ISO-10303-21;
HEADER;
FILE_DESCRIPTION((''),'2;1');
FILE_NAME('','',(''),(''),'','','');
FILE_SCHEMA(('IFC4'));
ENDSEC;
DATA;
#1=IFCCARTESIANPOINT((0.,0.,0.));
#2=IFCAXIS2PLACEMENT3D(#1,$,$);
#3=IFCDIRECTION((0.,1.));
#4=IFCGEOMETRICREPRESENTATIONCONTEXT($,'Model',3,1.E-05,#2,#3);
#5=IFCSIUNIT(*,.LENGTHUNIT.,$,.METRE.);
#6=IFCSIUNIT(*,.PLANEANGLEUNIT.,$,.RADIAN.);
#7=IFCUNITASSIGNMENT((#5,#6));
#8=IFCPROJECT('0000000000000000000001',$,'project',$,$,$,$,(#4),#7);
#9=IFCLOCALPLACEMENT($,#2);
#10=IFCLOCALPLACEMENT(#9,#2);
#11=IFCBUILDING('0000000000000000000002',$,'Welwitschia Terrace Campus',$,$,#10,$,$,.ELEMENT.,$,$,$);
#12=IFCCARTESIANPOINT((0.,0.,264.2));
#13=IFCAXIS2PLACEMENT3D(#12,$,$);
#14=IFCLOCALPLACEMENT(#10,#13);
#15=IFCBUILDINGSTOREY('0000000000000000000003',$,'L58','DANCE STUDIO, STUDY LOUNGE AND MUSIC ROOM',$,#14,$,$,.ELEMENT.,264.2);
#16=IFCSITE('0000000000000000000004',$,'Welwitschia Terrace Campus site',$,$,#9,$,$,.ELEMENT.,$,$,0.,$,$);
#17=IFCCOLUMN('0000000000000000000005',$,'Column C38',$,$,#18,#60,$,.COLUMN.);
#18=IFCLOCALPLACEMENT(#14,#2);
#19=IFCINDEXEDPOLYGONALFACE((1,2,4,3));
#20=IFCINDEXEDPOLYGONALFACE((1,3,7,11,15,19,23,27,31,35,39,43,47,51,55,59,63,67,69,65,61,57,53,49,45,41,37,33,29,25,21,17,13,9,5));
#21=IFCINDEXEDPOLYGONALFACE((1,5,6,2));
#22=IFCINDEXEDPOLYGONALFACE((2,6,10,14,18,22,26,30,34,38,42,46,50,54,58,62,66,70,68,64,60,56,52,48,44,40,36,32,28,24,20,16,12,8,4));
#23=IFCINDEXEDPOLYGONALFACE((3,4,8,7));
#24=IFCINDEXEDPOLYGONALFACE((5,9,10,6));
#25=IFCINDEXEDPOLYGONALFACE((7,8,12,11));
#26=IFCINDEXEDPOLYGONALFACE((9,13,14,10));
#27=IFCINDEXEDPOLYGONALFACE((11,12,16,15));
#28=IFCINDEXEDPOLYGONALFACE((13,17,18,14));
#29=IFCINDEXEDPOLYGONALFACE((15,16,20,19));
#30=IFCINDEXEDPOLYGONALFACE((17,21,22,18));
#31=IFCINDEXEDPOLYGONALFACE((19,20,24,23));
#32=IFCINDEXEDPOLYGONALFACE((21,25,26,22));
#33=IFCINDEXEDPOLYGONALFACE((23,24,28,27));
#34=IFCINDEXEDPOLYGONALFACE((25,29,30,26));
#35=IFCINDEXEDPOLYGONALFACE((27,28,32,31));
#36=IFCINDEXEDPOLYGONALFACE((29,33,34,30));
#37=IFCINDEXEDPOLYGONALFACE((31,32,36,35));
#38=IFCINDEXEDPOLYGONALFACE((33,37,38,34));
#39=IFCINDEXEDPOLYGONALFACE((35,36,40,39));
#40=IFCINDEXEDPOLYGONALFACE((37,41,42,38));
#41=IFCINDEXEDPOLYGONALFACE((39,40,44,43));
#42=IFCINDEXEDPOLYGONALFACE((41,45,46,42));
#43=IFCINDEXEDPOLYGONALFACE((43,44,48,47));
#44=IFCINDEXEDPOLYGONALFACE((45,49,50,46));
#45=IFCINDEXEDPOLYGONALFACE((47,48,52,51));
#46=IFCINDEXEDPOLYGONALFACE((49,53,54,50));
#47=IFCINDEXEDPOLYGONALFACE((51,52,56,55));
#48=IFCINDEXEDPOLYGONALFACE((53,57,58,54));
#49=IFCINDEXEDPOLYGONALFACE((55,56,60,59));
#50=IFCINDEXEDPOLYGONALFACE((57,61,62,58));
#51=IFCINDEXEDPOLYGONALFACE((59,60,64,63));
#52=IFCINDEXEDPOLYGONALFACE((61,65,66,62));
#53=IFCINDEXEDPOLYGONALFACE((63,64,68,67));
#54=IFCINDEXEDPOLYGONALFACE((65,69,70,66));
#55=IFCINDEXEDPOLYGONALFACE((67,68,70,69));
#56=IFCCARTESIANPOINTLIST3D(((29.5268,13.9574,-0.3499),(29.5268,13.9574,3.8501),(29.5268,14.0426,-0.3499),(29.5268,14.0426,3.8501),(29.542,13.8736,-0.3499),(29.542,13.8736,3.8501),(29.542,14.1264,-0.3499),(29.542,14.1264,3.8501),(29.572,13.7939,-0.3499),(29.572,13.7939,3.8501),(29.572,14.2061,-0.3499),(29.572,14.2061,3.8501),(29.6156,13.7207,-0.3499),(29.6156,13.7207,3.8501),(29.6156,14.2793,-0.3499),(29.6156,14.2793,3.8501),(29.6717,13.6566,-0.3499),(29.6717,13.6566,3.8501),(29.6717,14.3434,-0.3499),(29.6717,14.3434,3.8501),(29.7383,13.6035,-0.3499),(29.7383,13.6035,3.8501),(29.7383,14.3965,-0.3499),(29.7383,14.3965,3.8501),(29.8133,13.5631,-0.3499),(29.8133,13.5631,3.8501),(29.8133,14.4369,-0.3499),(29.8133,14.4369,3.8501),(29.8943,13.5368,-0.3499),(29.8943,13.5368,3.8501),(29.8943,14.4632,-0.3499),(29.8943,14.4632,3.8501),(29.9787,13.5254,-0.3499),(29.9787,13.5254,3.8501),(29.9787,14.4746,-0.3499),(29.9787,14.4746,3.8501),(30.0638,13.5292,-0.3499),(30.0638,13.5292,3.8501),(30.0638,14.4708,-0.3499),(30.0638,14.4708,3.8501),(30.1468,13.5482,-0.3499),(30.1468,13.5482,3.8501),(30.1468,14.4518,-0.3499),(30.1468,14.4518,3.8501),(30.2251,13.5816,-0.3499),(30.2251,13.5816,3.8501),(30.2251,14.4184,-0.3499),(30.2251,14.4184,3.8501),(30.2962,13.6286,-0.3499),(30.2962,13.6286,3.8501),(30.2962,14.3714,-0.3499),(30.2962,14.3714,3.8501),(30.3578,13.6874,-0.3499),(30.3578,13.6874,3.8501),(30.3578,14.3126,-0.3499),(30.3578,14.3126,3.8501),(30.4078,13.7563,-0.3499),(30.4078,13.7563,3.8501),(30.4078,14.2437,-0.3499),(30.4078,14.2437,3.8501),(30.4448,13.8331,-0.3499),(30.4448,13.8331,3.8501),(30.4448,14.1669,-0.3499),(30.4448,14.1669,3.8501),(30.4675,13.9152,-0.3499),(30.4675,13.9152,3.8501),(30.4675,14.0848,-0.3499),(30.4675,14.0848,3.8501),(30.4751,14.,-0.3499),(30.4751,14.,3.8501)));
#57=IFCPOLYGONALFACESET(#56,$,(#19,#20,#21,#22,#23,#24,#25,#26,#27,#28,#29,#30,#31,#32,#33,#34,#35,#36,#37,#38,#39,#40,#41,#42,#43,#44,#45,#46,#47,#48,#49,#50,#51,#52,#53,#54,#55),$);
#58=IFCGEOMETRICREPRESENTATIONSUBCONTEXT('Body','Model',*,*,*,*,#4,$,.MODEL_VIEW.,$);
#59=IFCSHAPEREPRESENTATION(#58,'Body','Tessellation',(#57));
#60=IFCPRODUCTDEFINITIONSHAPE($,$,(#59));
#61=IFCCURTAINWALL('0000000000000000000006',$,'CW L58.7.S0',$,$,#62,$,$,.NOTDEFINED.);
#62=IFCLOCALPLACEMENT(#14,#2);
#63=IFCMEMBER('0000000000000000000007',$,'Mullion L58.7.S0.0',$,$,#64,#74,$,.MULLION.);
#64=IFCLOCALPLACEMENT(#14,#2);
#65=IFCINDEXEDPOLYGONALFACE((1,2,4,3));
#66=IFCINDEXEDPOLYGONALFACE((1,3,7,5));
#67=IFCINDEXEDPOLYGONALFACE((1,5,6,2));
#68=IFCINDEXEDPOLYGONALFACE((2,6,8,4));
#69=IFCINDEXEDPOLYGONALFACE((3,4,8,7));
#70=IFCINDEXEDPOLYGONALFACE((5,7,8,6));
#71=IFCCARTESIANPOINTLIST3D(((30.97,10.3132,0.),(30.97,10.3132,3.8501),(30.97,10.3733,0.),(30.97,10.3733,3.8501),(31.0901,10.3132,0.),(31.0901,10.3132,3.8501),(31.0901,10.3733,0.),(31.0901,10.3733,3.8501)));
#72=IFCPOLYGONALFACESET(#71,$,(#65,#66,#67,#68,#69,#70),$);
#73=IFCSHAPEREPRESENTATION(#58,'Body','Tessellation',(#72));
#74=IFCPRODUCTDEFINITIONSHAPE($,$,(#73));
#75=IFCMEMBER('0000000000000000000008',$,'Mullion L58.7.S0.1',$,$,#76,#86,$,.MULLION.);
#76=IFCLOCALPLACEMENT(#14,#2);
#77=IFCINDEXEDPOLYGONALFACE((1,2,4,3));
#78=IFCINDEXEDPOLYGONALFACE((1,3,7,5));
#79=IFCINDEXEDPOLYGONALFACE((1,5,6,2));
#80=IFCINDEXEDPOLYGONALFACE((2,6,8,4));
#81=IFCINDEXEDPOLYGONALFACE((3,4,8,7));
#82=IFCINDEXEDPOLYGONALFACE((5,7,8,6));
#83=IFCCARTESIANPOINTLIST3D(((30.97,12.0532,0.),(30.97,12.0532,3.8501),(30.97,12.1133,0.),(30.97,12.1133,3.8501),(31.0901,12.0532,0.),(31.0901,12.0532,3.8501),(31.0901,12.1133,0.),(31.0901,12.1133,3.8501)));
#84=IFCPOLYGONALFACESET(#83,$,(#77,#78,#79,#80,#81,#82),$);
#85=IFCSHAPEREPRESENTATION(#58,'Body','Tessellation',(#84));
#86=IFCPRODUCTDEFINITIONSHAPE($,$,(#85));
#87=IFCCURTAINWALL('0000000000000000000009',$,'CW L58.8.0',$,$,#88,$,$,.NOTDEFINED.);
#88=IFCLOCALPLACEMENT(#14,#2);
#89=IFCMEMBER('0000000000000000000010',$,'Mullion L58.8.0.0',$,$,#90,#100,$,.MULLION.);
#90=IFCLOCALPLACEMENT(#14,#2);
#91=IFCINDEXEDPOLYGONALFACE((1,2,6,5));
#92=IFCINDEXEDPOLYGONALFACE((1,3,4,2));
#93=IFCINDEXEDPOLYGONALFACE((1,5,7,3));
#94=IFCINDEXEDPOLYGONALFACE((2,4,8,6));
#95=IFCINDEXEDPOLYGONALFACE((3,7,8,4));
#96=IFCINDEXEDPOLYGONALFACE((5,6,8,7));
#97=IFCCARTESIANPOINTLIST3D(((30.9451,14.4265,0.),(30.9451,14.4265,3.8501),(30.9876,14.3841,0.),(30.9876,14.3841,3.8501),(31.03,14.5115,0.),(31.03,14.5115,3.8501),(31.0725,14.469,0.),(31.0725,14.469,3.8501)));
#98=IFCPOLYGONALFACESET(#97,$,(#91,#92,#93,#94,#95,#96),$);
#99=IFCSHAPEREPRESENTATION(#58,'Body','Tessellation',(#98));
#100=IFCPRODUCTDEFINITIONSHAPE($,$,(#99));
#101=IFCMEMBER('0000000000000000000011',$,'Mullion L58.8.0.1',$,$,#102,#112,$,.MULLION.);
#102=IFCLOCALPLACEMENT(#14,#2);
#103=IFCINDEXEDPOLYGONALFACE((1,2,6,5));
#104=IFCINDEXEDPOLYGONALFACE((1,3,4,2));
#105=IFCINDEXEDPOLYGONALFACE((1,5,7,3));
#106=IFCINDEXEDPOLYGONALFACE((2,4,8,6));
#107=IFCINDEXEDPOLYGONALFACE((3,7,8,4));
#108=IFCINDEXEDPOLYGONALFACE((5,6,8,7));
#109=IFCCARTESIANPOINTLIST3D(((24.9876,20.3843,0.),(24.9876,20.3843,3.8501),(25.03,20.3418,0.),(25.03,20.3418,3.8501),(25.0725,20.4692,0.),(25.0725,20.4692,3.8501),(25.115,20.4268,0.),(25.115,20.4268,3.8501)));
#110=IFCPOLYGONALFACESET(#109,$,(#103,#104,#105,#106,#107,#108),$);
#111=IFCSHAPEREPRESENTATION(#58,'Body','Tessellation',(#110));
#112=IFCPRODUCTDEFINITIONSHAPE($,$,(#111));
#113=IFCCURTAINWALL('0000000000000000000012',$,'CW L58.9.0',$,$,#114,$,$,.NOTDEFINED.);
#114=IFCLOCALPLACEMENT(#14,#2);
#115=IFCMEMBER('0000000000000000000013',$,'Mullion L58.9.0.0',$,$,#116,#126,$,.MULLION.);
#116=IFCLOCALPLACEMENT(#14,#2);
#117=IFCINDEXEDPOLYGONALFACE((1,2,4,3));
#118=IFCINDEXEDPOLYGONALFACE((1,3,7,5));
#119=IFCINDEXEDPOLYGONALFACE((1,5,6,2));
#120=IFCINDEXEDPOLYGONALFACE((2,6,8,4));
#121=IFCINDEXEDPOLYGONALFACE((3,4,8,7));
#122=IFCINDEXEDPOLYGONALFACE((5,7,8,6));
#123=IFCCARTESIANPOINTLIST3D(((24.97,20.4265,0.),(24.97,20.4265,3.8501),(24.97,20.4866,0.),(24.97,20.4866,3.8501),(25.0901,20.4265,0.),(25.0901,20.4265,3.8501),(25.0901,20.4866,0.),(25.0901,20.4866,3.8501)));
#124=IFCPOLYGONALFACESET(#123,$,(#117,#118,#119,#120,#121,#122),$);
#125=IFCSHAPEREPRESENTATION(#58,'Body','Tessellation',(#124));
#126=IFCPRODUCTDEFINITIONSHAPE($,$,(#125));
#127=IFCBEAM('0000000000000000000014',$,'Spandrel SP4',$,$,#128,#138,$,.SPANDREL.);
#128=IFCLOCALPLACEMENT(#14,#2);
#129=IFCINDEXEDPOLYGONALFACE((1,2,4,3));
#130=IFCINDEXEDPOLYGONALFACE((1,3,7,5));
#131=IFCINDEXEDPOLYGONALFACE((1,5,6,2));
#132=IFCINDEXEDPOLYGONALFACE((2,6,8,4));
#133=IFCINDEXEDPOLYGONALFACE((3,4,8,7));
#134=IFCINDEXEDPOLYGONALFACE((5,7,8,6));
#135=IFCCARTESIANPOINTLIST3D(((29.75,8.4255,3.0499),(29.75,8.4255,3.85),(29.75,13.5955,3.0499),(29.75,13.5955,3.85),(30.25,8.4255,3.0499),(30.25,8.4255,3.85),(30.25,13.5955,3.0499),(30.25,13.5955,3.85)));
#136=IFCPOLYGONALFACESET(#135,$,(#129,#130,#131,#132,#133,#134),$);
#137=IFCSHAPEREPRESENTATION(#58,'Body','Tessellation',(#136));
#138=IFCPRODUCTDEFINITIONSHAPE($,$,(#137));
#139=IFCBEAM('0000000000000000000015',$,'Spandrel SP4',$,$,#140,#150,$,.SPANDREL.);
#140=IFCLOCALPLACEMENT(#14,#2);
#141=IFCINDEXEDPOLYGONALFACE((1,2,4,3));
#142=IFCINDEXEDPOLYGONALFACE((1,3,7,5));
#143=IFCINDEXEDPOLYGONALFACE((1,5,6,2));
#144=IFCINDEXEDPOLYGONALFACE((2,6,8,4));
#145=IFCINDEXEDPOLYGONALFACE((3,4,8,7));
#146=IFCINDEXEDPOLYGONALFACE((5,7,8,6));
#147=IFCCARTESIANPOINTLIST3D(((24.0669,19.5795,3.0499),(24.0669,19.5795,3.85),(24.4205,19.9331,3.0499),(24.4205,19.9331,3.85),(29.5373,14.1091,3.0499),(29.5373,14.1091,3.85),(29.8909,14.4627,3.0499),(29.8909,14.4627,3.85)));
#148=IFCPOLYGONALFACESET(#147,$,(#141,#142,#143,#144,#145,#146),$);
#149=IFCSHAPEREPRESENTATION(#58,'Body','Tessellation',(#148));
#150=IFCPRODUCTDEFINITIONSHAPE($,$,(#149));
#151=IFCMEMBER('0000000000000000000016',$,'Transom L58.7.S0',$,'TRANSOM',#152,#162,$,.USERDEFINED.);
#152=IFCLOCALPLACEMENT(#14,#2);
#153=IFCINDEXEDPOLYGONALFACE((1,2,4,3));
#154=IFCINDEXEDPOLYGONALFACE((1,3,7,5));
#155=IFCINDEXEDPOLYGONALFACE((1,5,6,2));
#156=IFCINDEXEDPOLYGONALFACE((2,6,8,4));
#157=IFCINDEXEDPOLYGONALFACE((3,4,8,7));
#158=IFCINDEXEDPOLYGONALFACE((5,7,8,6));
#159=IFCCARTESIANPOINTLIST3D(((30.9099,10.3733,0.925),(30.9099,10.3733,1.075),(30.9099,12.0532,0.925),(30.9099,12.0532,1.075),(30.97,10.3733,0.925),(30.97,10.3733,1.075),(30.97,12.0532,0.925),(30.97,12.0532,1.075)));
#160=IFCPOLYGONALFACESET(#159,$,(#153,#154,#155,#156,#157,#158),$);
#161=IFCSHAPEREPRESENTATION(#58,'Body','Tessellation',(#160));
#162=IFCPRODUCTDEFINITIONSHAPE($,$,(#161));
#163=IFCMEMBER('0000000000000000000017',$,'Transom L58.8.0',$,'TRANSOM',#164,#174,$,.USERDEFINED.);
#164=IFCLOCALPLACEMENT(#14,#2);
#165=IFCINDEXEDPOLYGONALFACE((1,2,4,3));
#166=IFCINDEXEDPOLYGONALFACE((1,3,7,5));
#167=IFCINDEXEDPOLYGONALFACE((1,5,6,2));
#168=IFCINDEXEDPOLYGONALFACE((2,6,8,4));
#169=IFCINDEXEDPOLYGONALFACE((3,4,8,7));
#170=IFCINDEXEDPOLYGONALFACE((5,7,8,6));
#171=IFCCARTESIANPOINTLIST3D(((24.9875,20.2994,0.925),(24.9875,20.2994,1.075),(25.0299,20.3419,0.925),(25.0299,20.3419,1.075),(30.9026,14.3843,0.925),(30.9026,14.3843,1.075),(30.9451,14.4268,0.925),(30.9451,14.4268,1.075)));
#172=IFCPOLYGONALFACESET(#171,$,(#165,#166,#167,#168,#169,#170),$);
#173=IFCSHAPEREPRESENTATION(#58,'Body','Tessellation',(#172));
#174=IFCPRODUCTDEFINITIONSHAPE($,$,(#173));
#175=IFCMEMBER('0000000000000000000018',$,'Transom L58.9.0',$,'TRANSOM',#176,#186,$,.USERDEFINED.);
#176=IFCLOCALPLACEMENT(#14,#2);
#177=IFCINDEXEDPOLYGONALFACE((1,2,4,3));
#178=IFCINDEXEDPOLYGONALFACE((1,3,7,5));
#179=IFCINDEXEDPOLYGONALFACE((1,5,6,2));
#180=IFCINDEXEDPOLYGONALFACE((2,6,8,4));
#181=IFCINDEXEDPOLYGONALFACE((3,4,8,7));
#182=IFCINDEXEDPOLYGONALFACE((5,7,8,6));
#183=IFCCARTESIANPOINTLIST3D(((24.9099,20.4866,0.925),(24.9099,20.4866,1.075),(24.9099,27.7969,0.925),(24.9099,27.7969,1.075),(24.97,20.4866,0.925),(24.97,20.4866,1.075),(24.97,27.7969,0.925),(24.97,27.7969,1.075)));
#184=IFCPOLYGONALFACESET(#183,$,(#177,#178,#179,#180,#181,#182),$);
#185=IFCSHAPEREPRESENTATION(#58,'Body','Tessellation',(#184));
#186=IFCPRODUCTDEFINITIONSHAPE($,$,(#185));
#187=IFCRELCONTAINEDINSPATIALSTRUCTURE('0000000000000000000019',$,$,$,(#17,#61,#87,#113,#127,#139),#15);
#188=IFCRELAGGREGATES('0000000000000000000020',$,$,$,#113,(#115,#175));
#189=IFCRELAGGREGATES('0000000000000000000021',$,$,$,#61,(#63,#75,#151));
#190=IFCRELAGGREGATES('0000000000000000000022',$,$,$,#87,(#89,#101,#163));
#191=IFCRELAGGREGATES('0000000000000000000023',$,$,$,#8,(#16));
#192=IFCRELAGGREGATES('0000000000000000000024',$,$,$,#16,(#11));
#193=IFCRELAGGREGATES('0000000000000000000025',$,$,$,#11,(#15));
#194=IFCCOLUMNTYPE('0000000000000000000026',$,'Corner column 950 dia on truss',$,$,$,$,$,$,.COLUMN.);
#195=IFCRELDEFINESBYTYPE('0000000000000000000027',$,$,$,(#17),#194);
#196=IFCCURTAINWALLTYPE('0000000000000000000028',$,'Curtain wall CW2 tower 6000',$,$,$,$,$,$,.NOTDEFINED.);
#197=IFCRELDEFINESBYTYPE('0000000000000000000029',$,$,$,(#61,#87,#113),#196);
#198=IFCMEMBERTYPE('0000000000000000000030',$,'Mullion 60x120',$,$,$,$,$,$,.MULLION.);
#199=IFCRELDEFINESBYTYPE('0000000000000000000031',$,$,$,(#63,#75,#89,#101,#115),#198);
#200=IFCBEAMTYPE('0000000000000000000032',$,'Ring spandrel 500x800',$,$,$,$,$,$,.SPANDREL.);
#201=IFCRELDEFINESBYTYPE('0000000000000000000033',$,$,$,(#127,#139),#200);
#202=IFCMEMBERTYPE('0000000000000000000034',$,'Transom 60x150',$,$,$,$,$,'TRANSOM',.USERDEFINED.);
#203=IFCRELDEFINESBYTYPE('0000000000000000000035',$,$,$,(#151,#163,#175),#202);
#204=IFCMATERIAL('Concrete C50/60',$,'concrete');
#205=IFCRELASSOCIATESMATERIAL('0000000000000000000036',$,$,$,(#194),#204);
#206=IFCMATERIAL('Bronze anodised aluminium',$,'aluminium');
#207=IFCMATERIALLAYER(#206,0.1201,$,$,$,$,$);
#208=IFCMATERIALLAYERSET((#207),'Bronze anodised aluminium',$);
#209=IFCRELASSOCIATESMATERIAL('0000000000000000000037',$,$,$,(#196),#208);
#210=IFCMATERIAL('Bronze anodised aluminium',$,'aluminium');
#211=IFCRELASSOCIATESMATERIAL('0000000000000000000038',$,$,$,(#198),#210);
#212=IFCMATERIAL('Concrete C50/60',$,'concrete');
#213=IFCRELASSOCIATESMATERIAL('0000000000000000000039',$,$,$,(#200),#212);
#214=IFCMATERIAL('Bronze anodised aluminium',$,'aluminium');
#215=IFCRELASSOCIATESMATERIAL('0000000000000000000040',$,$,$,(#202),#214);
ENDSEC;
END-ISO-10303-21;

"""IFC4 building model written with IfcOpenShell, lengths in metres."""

from ifc_helpers import new_model, si_unit, direction, frame, origin, origin_2d, place, context, subcontext, project, spatial, rectangle, circle, extrude, material, layer, layer_set, material_profile, profile_set, type_object, element, aggregate, save


model = new_model("IFC4")

# Units and contexts
model_context = context("Model", 3, precision=1e-05, world=origin(), true_north=direction((0.0, 1.0)))
body_context = subcontext(model_context, "Body", "Model", "MODEL_VIEW")
ifc_project = project(units=[si_unit("LENGTHUNIT", "METRE"), si_unit("PLANEANGLEUNIT", "RADIAN")], contexts=[model_context])

# Site, building, storey
site_placement = place(None, origin())
site = spatial("IfcSite", under=ifc_project, at=site_placement, Name="Welwitschia Terrace Campus site", CompositionType="ELEMENT", RefElevation=0.0)
building_placement = place(site_placement, origin())
building = spatial("IfcBuilding", under=site, at=building_placement, Name="Welwitschia Terrace Campus", CompositionType="ELEMENT")
storey_placement = place(building_placement, frame((0.0, 0.0, 264.2)))
storey = spatial("IfcBuildingStorey", under=building, at=storey_placement, Name="L58", Description="DANCE STUDIO, STUDY LOUNGE AND MUSIC ROOM", CompositionType="ELEMENT", Elevation=264.2)

# Column
ifc_material_1 = material(Name="Concrete C50/60", Category="concrete")
ifc_material_profile_1 = material_profile(ifc_material_1, circle(Radius=0.4751, at=origin_2d()))
ifc_profile_set_1 = profile_set([ifc_material_profile_1], Name="Concrete C50/60")
column_type = type_object("IfcColumnType", Name="Corner column 950 dia on truss", PredefinedType="COLUMN", material=ifc_profile_set_1)
column_placement = place(storey_placement, frame((30.0, 14.0, -0.3499), z_axis=(0.0, 0.0, 1.0), x_axis=(1.0, 0.0, 0.0)))
element("IfcColumn", 1, at=column_placement, inside=storey, type_object=column_type, Name="Column C38", PredefinedType="COLUMN", context=body_context, shape_type="SweptSolid", body=[
    extrude(circle(Radius=0.4751, at=origin_2d()), origin(), (0.0, 0.0, 1.0), 4.2),
])

# Curtain walls, members
ifc_material_2 = material(Name="Bronze anodised aluminium", Category="aluminium")
ifc_layer_1 = layer(ifc_material_2, 0.1201)
ifc_layer_set_1 = layer_set([ifc_layer_1], Name="Bronze anodised aluminium")
curtain_wall_type = type_object("IfcCurtainWallType", Name="Curtain wall CW2 tower 6000", PredefinedType="NOTDEFINED", material=ifc_layer_set_1)
curtain_wall_1_placement = place(storey_placement, origin())
curtain_wall_1 = element("IfcCurtainWall", 2, at=curtain_wall_1_placement, inside=storey, type_object=curtain_wall_type, Name="CW L58.7.S0", PredefinedType="NOTDEFINED")
ifc_material_3 = material(Name="Bronze anodised aluminium", Category="aluminium")
ifc_material_profile_2 = material_profile(ifc_material_3, rectangle(XDim=0.1201, YDim=0.0601, at=origin_2d()))
ifc_profile_set_2 = profile_set([ifc_material_profile_2], Name="Bronze anodised aluminium")
member_type_1 = type_object("IfcMemberType", Name="Mullion 60x120", PredefinedType="MULLION", material=ifc_profile_set_2)
member_1_placement = place(storey_placement, frame((31.03, 10.3433, 0.0), z_axis=(0.0, 0.0, 1.0), x_axis=(-1.0, 0.0, 0.0)))
member_1 = element("IfcMember", 3, at=member_1_placement, type_object=member_type_1, Name="Mullion L58.7.S0.0", PredefinedType="MULLION", context=body_context, shape_type="SweptSolid", body=[
    extrude(rectangle(XDim=0.1201, YDim=0.0601, at=origin_2d()), origin(), (0.0, 0.0, 1.0), 3.8501),
])
member_2_placement = place(storey_placement, frame((31.03, 12.0833, 0.0), z_axis=(0.0, 0.0, 1.0), x_axis=(-1.0, 0.0, 0.0)))
member_2 = element("IfcMember", 4, at=member_2_placement, type_object=member_type_1, Name="Mullion L58.7.S0.1", PredefinedType="MULLION", context=body_context, shape_type="SweptSolid", body=[
    extrude(rectangle(XDim=0.1201, YDim=0.0601, at=origin_2d()), origin(), (0.0, 0.0, 1.0), 3.8501),
])
curtain_wall_2_placement = place(storey_placement, origin())
curtain_wall_2 = element("IfcCurtainWall", 5, at=curtain_wall_2_placement, inside=storey, type_object=curtain_wall_type, Name="CW L58.8.0", PredefinedType="NOTDEFINED")
member_3_placement = place(storey_placement, frame((31.0088, 14.4478, 0.0), z_axis=(0.0, 0.0, 1.0), x_axis=(-0.707107, -0.707107, 0.0)))
member_3 = element("IfcMember", 6, at=member_3_placement, type_object=member_type_1, Name="Mullion L58.8.0.0", PredefinedType="MULLION", context=body_context, shape_type="SweptSolid", body=[
    extrude(rectangle(XDim=0.1201, YDim=0.0601, at=origin_2d()), origin(), (0.0, 0.0, 1.0), 3.8501),
])
member_4_placement = place(storey_placement, frame((25.0513, 20.4055, 0.0), z_axis=(0.0, 0.0, 1.0), x_axis=(-0.707107, -0.707107, 0.0)))
member_4 = element("IfcMember", 7, at=member_4_placement, type_object=member_type_1, Name="Mullion L58.8.0.1", PredefinedType="MULLION", context=body_context, shape_type="SweptSolid", body=[
    extrude(rectangle(XDim=0.1201, YDim=0.0601, at=origin_2d()), origin(), (0.0, 0.0, 1.0), 3.8501),
])

# Curtain wall, member
curtain_wall_3_placement = place(storey_placement, origin())
curtain_wall_3 = element("IfcCurtainWall", 8, at=curtain_wall_3_placement, inside=storey, type_object=curtain_wall_type, Name="CW L58.9.0", PredefinedType="NOTDEFINED")
member_5_placement = place(storey_placement, frame((25.03, 20.4565, 0.0), z_axis=(0.0, 0.0, 1.0), x_axis=(-1.0, 0.0, 0.0)))
member_5 = element("IfcMember", 9, at=member_5_placement, type_object=member_type_1, Name="Mullion L58.9.0.0", PredefinedType="MULLION", context=body_context, shape_type="SweptSolid", body=[
    extrude(rectangle(XDim=0.1201, YDim=0.0601, at=origin_2d()), origin(), (0.0, 0.0, 1.0), 3.8501),
])

# Beams
ifc_material_4 = material(Name="Concrete C50/60", Category="concrete")
ifc_material_profile_3 = material_profile(ifc_material_4, rectangle(XDim=0.5, YDim=0.8, at=origin_2d()))
ifc_profile_set_3 = profile_set([ifc_material_profile_3], Name="Concrete C50/60")
beam_type = type_object("IfcBeamType", Name="Ring spandrel 500x800", PredefinedType="SPANDREL", material=ifc_profile_set_3)
beam_1_placement = place(storey_placement, frame((30.0, 8.4255, 3.45), z_axis=(0.0, 1.0, 0.0), x_axis=(-1.0, 0.0, 0.0)))
element("IfcBeam", 10, at=beam_1_placement, inside=storey, type_object=beam_type, Name="Spandrel SP4", PredefinedType="SPANDREL", context=body_context, shape_type="SweptSolid", body=[
    extrude(rectangle(XDim=0.5, YDim=0.8, at=origin_2d()), origin(), (0.0, 0.0, 1.0), 5.1699),
])
beam_2_placement = place(storey_placement, frame((29.7141, 14.2859, 3.45), z_axis=(-0.707107, 0.707107, 0.0), x_axis=(-0.707107, -0.707107, 0.0)))
element("IfcBeam", 11, at=beam_2_placement, inside=storey, type_object=beam_type, Name="Spandrel SP4", PredefinedType="SPANDREL", context=body_context, shape_type="SweptSolid", body=[
    extrude(rectangle(XDim=0.5, YDim=0.8, at=origin_2d()), origin(), (0.0, 0.0, 1.0), 7.7363),
])

# Members
ifc_material_5 = material(Name="Bronze anodised aluminium", Category="aluminium")
ifc_material_profile_4 = material_profile(ifc_material_5, rectangle(XDim=0.0601, YDim=0.1499, at=origin_2d()))
ifc_profile_set_4 = profile_set([ifc_material_profile_4], Name="Bronze anodised aluminium")
member_type_2 = type_object("IfcMemberType", Name="Transom 60x150", ElementType="TRANSOM", PredefinedType="USERDEFINED", material=ifc_profile_set_4)
member_6_placement = place(storey_placement, frame((30.9399, 10.3733, 1.0), z_axis=(0.0, 1.0, 0.0), x_axis=(-1.0, 0.0, 0.0)))
member_6 = element("IfcMember", 12, at=member_6_placement, type_object=member_type_2, Name="Transom L58.7.S0", ObjectType="TRANSOM", PredefinedType="USERDEFINED", context=body_context, shape_type="SweptSolid", body=[
    extrude(rectangle(XDim=0.0601, YDim=0.1499, at=origin_2d()), origin(), (0.0, 0.0, 1.0), 1.6799),
])
member_7_placement = place(storey_placement, frame((30.9238, 14.4055, 1.0), z_axis=(-0.707107, 0.707107, 0.0), x_axis=(-0.707107, -0.707107, 0.0)))
member_7 = element("IfcMember", 13, at=member_7_placement, type_object=member_type_2, Name="Transom L58.8.0", ObjectType="TRANSOM", PredefinedType="USERDEFINED", context=body_context, shape_type="SweptSolid", body=[
    extrude(rectangle(XDim=0.0601, YDim=0.1499, at=origin_2d()), origin(), (0.0, 0.0, 1.0), 8.3652),
])
member_8_placement = place(storey_placement, frame((24.9399, 20.4866, 1.0), z_axis=(0.0, 1.0, 0.0), x_axis=(-1.0, 0.0, 0.0)))
member_8 = element("IfcMember", 14, at=member_8_placement, type_object=member_type_2, Name="Transom L58.9.0", ObjectType="TRANSOM", PredefinedType="USERDEFINED", context=body_context, shape_type="SweptSolid", body=[
    extrude(rectangle(XDim=0.0601, YDim=0.1499, at=origin_2d()), origin(), (0.0, 0.0, 1.0), 7.3103),
])
aggregate(curtain_wall_3, [member_5, member_8])

aggregate(curtain_wall_1, [member_1, member_2, member_6])
aggregate(curtain_wall_2, [member_3, member_4, member_7])

save(model, "model.ifc")
